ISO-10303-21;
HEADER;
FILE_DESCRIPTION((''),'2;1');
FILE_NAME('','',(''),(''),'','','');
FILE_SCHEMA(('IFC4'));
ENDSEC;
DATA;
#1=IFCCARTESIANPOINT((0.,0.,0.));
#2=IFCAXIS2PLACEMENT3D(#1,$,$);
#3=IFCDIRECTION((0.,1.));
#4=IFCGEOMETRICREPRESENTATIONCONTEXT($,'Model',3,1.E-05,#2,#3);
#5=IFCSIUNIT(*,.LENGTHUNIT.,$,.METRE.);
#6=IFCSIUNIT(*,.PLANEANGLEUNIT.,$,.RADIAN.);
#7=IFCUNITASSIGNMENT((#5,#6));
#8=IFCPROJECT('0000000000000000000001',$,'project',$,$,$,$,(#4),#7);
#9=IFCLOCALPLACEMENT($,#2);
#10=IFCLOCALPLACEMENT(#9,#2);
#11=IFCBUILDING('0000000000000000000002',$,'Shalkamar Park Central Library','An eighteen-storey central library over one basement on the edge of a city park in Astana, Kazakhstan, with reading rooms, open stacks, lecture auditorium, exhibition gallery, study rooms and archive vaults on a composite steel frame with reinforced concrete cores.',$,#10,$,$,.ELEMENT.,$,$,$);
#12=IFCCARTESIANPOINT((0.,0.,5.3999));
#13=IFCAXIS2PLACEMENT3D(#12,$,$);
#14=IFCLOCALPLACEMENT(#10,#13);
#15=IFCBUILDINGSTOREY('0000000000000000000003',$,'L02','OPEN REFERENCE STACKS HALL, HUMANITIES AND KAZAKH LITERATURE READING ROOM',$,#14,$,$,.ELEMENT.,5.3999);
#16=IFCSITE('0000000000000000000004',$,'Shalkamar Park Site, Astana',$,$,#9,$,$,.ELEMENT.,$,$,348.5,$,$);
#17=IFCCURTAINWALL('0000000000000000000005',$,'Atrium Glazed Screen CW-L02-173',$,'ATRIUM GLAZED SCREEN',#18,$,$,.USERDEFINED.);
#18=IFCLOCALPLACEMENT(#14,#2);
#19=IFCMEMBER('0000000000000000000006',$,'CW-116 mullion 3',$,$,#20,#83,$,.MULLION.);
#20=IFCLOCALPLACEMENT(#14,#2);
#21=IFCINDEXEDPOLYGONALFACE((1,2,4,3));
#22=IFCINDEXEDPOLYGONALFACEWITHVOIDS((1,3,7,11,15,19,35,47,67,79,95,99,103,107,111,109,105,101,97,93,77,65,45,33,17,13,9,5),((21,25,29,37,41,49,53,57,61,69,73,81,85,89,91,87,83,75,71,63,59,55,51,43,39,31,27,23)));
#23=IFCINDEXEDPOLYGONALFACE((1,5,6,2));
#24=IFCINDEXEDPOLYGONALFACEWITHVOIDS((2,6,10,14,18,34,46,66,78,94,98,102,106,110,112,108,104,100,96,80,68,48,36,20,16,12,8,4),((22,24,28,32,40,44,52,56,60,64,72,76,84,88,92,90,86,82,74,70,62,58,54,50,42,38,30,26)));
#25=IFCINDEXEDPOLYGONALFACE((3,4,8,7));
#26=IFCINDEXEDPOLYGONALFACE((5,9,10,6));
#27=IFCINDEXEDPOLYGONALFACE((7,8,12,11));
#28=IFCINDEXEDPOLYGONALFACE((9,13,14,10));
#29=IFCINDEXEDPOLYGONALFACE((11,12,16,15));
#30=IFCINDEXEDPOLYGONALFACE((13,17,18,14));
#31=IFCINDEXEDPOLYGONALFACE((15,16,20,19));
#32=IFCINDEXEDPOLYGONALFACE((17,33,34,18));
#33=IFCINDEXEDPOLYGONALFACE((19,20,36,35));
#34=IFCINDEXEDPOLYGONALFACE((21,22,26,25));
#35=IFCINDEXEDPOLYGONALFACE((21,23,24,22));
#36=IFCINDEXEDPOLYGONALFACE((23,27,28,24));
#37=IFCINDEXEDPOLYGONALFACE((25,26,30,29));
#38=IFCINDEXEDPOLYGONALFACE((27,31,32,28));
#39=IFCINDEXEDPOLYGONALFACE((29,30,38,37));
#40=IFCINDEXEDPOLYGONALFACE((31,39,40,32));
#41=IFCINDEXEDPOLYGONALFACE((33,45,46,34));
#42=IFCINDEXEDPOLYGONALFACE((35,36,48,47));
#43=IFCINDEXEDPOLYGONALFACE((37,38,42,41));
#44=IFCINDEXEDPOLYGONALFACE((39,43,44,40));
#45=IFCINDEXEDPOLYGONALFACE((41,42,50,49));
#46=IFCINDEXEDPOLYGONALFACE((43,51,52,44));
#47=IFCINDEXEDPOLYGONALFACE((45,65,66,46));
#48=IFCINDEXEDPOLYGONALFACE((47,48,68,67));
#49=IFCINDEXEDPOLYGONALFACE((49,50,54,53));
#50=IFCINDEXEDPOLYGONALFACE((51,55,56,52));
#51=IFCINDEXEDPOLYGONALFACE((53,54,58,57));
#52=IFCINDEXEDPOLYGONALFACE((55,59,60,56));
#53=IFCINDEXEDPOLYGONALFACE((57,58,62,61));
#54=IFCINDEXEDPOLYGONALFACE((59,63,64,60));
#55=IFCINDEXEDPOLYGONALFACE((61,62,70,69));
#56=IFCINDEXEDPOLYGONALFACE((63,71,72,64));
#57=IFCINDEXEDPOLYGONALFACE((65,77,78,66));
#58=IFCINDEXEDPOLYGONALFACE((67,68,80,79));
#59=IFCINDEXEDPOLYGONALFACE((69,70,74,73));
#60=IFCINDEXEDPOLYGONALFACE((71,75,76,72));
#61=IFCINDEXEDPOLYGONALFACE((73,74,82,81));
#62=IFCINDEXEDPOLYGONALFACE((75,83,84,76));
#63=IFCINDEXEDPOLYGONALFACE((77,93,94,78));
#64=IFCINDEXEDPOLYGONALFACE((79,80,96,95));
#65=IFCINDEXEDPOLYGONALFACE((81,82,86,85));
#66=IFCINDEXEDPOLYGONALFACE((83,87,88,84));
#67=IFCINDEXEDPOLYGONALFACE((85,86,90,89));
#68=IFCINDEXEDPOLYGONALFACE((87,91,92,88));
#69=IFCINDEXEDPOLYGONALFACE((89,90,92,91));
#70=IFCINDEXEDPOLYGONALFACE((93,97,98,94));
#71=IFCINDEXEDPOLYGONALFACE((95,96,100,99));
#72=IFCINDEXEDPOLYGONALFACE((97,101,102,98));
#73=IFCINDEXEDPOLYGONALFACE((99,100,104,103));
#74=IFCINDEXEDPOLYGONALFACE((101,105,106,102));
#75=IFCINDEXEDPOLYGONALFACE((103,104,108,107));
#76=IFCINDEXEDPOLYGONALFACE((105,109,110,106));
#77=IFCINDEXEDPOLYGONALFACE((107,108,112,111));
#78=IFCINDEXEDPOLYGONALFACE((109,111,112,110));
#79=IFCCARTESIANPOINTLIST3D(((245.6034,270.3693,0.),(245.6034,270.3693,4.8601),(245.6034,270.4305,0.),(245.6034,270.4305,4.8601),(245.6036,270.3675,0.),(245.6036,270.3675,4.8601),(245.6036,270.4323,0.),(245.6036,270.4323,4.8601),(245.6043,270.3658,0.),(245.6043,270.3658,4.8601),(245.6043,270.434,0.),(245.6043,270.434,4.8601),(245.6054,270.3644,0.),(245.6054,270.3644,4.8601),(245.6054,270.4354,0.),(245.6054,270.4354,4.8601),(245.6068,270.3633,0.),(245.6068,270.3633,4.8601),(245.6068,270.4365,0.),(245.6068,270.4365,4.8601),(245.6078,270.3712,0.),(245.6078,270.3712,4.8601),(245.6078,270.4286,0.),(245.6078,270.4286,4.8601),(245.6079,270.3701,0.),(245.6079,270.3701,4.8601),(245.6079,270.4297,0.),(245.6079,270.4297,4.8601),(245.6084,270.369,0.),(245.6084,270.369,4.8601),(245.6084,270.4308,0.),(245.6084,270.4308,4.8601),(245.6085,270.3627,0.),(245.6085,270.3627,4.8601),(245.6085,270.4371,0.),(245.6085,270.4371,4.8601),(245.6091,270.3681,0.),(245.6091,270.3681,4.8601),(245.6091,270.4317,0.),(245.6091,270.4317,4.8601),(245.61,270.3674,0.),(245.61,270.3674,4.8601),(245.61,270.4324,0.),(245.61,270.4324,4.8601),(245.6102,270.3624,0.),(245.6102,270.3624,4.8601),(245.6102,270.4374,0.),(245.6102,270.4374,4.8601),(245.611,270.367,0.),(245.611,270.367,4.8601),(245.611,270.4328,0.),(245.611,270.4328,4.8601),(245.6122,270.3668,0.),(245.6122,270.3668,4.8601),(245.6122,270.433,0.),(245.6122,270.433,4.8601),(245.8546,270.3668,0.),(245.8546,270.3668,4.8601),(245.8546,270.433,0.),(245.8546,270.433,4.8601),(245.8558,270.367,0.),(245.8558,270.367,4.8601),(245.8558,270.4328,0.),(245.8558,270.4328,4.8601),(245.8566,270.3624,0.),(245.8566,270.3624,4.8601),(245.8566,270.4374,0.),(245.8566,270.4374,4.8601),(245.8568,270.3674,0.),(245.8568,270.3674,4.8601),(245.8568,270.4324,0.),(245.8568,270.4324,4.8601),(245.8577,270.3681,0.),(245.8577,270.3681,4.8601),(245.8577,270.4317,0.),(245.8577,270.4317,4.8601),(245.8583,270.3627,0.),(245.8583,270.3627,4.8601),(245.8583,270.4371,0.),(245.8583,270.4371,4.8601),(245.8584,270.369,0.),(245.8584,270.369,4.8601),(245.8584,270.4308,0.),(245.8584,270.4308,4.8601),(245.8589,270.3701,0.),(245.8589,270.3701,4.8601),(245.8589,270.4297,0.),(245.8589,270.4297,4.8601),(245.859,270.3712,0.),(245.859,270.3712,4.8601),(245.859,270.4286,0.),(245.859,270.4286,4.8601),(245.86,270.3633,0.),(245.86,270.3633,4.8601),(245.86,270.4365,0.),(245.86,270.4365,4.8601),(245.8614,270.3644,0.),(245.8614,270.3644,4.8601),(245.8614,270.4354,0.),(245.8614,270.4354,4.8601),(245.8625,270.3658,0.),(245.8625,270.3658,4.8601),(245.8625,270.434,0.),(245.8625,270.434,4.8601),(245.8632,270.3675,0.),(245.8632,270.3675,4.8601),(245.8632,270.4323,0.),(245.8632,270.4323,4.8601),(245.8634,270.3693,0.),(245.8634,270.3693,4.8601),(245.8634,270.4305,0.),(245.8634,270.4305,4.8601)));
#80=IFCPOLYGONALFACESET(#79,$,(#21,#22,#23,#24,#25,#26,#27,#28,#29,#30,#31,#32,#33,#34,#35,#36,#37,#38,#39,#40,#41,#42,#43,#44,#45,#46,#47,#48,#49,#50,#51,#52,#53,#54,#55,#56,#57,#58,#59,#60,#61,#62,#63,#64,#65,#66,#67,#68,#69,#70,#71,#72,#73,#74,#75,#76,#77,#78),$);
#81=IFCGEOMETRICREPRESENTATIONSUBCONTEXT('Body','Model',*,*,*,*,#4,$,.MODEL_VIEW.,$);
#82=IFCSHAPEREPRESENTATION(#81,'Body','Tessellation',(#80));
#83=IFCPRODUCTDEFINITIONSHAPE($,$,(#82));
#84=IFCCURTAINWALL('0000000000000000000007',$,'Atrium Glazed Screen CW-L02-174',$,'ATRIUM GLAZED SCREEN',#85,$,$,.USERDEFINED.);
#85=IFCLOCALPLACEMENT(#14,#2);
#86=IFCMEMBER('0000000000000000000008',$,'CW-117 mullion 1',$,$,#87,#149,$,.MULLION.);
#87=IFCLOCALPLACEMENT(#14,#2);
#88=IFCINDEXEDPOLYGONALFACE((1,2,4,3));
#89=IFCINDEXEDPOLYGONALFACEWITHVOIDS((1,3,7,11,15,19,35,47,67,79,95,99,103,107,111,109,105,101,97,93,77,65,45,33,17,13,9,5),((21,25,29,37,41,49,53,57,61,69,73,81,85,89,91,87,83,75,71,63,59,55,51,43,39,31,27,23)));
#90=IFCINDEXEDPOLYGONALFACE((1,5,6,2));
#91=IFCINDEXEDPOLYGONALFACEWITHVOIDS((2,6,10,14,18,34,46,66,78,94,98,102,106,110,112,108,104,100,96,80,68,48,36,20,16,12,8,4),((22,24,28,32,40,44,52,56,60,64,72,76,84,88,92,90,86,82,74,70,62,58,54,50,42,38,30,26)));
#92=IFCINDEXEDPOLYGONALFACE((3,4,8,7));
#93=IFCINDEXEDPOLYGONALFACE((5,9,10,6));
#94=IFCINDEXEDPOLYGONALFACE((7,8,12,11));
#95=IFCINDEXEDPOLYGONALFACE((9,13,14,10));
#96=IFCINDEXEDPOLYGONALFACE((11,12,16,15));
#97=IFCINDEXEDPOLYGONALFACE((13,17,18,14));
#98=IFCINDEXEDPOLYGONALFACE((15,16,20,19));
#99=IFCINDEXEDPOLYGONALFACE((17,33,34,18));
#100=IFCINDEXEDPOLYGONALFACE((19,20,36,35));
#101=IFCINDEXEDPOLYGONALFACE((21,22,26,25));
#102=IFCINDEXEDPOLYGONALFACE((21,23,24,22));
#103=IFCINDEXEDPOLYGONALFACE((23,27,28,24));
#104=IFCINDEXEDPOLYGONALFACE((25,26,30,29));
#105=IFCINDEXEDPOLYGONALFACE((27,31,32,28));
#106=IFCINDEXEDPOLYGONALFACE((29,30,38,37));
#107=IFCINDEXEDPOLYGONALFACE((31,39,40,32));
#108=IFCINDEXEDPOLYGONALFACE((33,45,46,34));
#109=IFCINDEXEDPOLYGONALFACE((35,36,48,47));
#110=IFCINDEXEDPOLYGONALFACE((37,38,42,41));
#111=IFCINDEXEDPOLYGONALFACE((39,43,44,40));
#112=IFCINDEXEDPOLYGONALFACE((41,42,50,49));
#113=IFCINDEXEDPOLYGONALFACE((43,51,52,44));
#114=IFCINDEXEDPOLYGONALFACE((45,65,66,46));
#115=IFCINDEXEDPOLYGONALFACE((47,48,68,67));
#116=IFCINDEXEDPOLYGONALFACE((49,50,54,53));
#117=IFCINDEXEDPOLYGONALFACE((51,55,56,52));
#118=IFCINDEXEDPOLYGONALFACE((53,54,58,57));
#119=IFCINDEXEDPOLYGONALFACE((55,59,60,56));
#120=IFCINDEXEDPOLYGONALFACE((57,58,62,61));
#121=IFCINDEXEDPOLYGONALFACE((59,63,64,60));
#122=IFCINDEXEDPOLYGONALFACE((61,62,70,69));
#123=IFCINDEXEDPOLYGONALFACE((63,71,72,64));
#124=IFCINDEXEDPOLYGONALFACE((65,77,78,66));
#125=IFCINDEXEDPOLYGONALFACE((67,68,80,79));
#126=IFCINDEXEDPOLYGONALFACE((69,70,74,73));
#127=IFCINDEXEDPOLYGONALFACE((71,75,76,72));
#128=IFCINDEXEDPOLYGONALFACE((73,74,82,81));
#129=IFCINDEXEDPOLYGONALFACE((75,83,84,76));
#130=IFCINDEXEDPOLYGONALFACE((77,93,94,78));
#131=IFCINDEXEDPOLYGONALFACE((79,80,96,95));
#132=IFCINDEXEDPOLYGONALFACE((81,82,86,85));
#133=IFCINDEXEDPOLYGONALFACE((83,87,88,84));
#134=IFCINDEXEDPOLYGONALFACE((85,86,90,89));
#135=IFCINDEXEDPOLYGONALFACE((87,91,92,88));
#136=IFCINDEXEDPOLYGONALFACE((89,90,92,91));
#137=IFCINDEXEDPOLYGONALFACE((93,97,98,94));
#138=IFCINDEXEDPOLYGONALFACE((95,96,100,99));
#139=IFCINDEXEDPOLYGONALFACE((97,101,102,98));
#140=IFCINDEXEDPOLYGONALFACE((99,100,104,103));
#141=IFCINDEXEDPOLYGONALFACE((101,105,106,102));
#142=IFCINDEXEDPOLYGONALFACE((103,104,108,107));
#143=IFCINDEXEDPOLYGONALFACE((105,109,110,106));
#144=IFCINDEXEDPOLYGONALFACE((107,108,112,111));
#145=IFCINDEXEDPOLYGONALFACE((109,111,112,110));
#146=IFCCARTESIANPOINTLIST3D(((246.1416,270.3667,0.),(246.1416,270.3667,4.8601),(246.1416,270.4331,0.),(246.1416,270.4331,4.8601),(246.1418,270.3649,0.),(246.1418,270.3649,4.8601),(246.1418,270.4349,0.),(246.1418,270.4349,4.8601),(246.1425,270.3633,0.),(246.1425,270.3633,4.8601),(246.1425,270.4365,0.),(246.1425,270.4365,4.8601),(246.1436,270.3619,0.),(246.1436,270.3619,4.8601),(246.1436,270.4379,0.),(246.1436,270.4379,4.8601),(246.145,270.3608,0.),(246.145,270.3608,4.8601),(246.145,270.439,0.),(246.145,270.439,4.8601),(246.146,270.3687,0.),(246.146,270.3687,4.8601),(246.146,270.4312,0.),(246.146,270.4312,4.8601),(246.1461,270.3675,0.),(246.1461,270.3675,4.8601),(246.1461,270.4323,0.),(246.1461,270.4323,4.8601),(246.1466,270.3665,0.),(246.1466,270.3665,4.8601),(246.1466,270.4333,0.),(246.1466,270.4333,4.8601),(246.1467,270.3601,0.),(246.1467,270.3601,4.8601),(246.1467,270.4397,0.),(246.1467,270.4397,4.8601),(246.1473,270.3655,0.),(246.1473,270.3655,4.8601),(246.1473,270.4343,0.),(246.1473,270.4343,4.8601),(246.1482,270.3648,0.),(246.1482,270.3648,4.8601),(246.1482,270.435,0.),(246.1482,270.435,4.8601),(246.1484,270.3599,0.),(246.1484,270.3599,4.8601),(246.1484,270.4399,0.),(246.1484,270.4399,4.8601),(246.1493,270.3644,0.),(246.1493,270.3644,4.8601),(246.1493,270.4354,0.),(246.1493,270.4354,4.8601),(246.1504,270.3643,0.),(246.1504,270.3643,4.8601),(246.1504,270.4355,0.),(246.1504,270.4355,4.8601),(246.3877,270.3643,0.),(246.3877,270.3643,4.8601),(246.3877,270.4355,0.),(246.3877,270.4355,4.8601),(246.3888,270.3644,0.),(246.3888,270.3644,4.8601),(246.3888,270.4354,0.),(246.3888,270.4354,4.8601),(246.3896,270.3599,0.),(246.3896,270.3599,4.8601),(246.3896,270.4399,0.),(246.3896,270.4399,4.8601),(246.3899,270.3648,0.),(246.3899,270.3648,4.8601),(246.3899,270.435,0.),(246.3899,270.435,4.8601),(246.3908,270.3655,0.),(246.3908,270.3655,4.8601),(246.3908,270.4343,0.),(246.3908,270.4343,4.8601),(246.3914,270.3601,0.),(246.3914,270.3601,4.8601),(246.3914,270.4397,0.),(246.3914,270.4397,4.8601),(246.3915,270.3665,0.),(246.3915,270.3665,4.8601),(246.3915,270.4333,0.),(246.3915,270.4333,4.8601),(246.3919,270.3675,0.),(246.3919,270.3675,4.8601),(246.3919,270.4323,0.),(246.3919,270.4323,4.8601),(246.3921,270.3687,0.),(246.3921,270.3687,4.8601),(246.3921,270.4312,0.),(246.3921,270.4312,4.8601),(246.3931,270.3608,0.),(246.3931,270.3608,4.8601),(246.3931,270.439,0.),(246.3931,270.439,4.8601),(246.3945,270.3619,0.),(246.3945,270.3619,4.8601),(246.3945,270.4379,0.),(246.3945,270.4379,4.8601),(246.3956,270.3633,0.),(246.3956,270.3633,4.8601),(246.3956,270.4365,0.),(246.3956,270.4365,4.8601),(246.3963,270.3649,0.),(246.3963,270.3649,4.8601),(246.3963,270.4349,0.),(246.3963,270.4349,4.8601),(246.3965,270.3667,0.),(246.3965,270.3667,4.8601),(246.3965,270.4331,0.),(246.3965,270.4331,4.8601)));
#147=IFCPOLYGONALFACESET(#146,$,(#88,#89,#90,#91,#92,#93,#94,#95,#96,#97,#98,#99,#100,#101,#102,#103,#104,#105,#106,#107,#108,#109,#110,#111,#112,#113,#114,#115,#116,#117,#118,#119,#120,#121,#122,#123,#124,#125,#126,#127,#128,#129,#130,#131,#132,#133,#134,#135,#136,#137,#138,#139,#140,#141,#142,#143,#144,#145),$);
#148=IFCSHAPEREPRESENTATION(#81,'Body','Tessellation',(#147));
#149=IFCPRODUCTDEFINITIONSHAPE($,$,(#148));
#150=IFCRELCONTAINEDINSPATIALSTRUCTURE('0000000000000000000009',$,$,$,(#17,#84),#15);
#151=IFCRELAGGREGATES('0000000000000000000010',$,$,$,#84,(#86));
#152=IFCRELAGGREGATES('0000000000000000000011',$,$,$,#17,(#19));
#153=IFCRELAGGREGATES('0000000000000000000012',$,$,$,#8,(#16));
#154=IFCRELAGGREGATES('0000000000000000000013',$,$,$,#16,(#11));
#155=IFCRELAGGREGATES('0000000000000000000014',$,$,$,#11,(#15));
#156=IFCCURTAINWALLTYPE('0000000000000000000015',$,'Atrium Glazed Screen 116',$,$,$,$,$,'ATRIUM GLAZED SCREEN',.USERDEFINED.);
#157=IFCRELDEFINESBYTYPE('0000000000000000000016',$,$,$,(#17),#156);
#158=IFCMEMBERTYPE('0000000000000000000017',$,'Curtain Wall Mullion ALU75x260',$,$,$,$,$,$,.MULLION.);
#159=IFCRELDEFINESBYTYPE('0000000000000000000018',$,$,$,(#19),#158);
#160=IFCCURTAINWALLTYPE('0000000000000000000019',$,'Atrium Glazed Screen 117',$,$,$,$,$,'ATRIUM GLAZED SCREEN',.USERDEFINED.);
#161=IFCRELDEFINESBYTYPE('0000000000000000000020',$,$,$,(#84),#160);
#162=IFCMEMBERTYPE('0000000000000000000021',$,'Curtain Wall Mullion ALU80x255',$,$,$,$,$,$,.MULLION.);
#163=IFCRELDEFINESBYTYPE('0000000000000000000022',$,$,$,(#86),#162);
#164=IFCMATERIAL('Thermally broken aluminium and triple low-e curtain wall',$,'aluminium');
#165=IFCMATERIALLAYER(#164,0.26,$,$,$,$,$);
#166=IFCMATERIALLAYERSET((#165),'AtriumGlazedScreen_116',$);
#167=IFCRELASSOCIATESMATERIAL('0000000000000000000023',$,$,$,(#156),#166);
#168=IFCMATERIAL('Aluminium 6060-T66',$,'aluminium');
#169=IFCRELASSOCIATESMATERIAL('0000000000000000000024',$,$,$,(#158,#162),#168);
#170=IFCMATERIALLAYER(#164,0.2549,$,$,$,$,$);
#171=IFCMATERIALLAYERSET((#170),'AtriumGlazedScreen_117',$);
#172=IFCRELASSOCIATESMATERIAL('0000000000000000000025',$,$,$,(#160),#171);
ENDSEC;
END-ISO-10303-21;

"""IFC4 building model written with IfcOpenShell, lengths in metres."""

from ifc_helpers import new_model, si_unit, direction, frame, origin, origin_2d, place, context, subcontext, project, spatial, hollow_rectangle, extrude, material, layer, layer_set, material_profile, profile_set, type_object, element, aggregate, save


model = new_model("IFC4")

# Units and contexts
model_context = context("Model", 3, precision=1e-05, world=origin(), true_north=direction((0.0, 1.0)))
body_context = subcontext(model_context, "Body", "Model", "MODEL_VIEW")
ifc_project = project(units=[si_unit("LENGTHUNIT", "METRE"), si_unit("PLANEANGLEUNIT", "RADIAN")], contexts=[model_context])

# Site, building, storey
site_placement = place(None, origin())
site = spatial("IfcSite", under=ifc_project, at=site_placement, Name="Shalkamar Park Site, Astana", CompositionType="ELEMENT", RefElevation=348.5)
building_placement = place(site_placement, origin())
building = spatial("IfcBuilding", under=site, at=building_placement, Name="Shalkamar Park Central Library", Description="An eighteen-storey central library over one basement on the edge of a city park in Astana, Kazakhstan, with reading rooms, open stacks, lecture auditorium, exhibition gallery, study rooms and archive vaults on a composite steel frame with reinforced concrete cores.", CompositionType="ELEMENT")
storey_placement = place(building_placement, frame((0.0, 0.0, 5.3999)))
storey = spatial("IfcBuildingStorey", under=building, at=storey_placement, Name="L02", Description="OPEN REFERENCE STACKS HALL, HUMANITIES AND KAZAKH LITERATURE READING ROOM", CompositionType="ELEMENT", Elevation=5.3999)

# Curtain walls, members
ifc_material_1 = material(Name="Thermally broken aluminium and triple low-e curtain wall", Category="aluminium")
ifc_layer_1 = layer(ifc_material_1, 0.26)
ifc_layer_set_1 = layer_set([ifc_layer_1], Name="AtriumGlazedScreen_116")
curtain_wall_type_1 = type_object("IfcCurtainWallType", Name="Atrium Glazed Screen 116", ElementType="ATRIUM GLAZED SCREEN", PredefinedType="USERDEFINED", material=ifc_layer_set_1)
curtain_wall_1_placement = place(storey_placement, origin())
curtain_wall_1 = element("IfcCurtainWall", 1, at=curtain_wall_1_placement, inside=storey, type_object=curtain_wall_type_1, Name="Atrium Glazed Screen CW-L02-173", ObjectType="ATRIUM GLAZED SCREEN", PredefinedType="USERDEFINED")
ifc_material_2 = material(Name="Aluminium 6060-T66", Category="aluminium")
ifc_material_profile_1 = material_profile(ifc_material_2, hollow_rectangle(XDim=0.075, YDim=0.26, WallThickness=0.0044, InnerFilletRadius=0.0044, OuterFilletRadius=0.0068, at=origin_2d()), Name="ALU 75x260x4.5")
ifc_profile_set_1 = profile_set([ifc_material_profile_1], Name="Aluminium 6060-T66")
member_type_1 = type_object("IfcMemberType", Name="Curtain Wall Mullion ALU75x260", PredefinedType="MULLION", material=ifc_profile_set_1)
member_1_placement = place(storey_placement, frame((245.7334, 270.3999, 0.0), z_axis=(0.0, 0.0, 1.0), x_axis=(0.0, 1.0, 0.0)))
member_1 = element("IfcMember", 2, at=member_1_placement, type_object=member_type_1, Name="CW-116 mullion 3", PredefinedType="MULLION", context=body_context, shape_type="SweptSolid", body=[
    extrude(hollow_rectangle(XDim=0.075, YDim=0.26, WallThickness=0.0044, InnerFilletRadius=0.0044, OuterFilletRadius=0.0068, at=origin_2d()), origin(), (0.0, 0.0, 1.0), 4.8601),
])
ifc_layer_2 = layer(ifc_material_1, 0.2549)
ifc_layer_set_2 = layer_set([ifc_layer_2], Name="AtriumGlazedScreen_117")
curtain_wall_type_2 = type_object("IfcCurtainWallType", Name="Atrium Glazed Screen 117", ElementType="ATRIUM GLAZED SCREEN", PredefinedType="USERDEFINED", material=ifc_layer_set_2)
curtain_wall_2_placement = place(storey_placement, origin())
curtain_wall_2 = element("IfcCurtainWall", 3, at=curtain_wall_2_placement, inside=storey, type_object=curtain_wall_type_2, Name="Atrium Glazed Screen CW-L02-174", ObjectType="ATRIUM GLAZED SCREEN", PredefinedType="USERDEFINED")
ifc_material_profile_2 = material_profile(ifc_material_2, hollow_rectangle(XDim=0.0801, YDim=0.2549, WallThickness=0.0044, InnerFilletRadius=0.0044, OuterFilletRadius=0.0068, at=origin_2d()), Name="ALU 80x255x4.5")
ifc_profile_set_2 = profile_set([ifc_material_profile_2], Name="Aluminium 6060-T66")
member_type_2 = type_object("IfcMemberType", Name="Curtain Wall Mullion ALU80x255", PredefinedType="MULLION", material=ifc_profile_set_2)
member_2_placement = place(storey_placement, frame((246.269, 270.3999, 0.0), z_axis=(0.0, 0.0, 1.0), x_axis=(0.0, 1.0, 0.0)))
member_2 = element("IfcMember", 4, at=member_2_placement, type_object=member_type_2, Name="CW-117 mullion 1", PredefinedType="MULLION", context=body_context, shape_type="SweptSolid", body=[
    extrude(hollow_rectangle(XDim=0.0801, YDim=0.2549, WallThickness=0.0044, InnerFilletRadius=0.0044, OuterFilletRadius=0.0068, at=origin_2d()), origin(), (0.0, 0.0, 1.0), 4.8601),
])

aggregate(curtain_wall_2, [member_2])
aggregate(curtain_wall_1, [member_1])

save(model, "model.ifc")
